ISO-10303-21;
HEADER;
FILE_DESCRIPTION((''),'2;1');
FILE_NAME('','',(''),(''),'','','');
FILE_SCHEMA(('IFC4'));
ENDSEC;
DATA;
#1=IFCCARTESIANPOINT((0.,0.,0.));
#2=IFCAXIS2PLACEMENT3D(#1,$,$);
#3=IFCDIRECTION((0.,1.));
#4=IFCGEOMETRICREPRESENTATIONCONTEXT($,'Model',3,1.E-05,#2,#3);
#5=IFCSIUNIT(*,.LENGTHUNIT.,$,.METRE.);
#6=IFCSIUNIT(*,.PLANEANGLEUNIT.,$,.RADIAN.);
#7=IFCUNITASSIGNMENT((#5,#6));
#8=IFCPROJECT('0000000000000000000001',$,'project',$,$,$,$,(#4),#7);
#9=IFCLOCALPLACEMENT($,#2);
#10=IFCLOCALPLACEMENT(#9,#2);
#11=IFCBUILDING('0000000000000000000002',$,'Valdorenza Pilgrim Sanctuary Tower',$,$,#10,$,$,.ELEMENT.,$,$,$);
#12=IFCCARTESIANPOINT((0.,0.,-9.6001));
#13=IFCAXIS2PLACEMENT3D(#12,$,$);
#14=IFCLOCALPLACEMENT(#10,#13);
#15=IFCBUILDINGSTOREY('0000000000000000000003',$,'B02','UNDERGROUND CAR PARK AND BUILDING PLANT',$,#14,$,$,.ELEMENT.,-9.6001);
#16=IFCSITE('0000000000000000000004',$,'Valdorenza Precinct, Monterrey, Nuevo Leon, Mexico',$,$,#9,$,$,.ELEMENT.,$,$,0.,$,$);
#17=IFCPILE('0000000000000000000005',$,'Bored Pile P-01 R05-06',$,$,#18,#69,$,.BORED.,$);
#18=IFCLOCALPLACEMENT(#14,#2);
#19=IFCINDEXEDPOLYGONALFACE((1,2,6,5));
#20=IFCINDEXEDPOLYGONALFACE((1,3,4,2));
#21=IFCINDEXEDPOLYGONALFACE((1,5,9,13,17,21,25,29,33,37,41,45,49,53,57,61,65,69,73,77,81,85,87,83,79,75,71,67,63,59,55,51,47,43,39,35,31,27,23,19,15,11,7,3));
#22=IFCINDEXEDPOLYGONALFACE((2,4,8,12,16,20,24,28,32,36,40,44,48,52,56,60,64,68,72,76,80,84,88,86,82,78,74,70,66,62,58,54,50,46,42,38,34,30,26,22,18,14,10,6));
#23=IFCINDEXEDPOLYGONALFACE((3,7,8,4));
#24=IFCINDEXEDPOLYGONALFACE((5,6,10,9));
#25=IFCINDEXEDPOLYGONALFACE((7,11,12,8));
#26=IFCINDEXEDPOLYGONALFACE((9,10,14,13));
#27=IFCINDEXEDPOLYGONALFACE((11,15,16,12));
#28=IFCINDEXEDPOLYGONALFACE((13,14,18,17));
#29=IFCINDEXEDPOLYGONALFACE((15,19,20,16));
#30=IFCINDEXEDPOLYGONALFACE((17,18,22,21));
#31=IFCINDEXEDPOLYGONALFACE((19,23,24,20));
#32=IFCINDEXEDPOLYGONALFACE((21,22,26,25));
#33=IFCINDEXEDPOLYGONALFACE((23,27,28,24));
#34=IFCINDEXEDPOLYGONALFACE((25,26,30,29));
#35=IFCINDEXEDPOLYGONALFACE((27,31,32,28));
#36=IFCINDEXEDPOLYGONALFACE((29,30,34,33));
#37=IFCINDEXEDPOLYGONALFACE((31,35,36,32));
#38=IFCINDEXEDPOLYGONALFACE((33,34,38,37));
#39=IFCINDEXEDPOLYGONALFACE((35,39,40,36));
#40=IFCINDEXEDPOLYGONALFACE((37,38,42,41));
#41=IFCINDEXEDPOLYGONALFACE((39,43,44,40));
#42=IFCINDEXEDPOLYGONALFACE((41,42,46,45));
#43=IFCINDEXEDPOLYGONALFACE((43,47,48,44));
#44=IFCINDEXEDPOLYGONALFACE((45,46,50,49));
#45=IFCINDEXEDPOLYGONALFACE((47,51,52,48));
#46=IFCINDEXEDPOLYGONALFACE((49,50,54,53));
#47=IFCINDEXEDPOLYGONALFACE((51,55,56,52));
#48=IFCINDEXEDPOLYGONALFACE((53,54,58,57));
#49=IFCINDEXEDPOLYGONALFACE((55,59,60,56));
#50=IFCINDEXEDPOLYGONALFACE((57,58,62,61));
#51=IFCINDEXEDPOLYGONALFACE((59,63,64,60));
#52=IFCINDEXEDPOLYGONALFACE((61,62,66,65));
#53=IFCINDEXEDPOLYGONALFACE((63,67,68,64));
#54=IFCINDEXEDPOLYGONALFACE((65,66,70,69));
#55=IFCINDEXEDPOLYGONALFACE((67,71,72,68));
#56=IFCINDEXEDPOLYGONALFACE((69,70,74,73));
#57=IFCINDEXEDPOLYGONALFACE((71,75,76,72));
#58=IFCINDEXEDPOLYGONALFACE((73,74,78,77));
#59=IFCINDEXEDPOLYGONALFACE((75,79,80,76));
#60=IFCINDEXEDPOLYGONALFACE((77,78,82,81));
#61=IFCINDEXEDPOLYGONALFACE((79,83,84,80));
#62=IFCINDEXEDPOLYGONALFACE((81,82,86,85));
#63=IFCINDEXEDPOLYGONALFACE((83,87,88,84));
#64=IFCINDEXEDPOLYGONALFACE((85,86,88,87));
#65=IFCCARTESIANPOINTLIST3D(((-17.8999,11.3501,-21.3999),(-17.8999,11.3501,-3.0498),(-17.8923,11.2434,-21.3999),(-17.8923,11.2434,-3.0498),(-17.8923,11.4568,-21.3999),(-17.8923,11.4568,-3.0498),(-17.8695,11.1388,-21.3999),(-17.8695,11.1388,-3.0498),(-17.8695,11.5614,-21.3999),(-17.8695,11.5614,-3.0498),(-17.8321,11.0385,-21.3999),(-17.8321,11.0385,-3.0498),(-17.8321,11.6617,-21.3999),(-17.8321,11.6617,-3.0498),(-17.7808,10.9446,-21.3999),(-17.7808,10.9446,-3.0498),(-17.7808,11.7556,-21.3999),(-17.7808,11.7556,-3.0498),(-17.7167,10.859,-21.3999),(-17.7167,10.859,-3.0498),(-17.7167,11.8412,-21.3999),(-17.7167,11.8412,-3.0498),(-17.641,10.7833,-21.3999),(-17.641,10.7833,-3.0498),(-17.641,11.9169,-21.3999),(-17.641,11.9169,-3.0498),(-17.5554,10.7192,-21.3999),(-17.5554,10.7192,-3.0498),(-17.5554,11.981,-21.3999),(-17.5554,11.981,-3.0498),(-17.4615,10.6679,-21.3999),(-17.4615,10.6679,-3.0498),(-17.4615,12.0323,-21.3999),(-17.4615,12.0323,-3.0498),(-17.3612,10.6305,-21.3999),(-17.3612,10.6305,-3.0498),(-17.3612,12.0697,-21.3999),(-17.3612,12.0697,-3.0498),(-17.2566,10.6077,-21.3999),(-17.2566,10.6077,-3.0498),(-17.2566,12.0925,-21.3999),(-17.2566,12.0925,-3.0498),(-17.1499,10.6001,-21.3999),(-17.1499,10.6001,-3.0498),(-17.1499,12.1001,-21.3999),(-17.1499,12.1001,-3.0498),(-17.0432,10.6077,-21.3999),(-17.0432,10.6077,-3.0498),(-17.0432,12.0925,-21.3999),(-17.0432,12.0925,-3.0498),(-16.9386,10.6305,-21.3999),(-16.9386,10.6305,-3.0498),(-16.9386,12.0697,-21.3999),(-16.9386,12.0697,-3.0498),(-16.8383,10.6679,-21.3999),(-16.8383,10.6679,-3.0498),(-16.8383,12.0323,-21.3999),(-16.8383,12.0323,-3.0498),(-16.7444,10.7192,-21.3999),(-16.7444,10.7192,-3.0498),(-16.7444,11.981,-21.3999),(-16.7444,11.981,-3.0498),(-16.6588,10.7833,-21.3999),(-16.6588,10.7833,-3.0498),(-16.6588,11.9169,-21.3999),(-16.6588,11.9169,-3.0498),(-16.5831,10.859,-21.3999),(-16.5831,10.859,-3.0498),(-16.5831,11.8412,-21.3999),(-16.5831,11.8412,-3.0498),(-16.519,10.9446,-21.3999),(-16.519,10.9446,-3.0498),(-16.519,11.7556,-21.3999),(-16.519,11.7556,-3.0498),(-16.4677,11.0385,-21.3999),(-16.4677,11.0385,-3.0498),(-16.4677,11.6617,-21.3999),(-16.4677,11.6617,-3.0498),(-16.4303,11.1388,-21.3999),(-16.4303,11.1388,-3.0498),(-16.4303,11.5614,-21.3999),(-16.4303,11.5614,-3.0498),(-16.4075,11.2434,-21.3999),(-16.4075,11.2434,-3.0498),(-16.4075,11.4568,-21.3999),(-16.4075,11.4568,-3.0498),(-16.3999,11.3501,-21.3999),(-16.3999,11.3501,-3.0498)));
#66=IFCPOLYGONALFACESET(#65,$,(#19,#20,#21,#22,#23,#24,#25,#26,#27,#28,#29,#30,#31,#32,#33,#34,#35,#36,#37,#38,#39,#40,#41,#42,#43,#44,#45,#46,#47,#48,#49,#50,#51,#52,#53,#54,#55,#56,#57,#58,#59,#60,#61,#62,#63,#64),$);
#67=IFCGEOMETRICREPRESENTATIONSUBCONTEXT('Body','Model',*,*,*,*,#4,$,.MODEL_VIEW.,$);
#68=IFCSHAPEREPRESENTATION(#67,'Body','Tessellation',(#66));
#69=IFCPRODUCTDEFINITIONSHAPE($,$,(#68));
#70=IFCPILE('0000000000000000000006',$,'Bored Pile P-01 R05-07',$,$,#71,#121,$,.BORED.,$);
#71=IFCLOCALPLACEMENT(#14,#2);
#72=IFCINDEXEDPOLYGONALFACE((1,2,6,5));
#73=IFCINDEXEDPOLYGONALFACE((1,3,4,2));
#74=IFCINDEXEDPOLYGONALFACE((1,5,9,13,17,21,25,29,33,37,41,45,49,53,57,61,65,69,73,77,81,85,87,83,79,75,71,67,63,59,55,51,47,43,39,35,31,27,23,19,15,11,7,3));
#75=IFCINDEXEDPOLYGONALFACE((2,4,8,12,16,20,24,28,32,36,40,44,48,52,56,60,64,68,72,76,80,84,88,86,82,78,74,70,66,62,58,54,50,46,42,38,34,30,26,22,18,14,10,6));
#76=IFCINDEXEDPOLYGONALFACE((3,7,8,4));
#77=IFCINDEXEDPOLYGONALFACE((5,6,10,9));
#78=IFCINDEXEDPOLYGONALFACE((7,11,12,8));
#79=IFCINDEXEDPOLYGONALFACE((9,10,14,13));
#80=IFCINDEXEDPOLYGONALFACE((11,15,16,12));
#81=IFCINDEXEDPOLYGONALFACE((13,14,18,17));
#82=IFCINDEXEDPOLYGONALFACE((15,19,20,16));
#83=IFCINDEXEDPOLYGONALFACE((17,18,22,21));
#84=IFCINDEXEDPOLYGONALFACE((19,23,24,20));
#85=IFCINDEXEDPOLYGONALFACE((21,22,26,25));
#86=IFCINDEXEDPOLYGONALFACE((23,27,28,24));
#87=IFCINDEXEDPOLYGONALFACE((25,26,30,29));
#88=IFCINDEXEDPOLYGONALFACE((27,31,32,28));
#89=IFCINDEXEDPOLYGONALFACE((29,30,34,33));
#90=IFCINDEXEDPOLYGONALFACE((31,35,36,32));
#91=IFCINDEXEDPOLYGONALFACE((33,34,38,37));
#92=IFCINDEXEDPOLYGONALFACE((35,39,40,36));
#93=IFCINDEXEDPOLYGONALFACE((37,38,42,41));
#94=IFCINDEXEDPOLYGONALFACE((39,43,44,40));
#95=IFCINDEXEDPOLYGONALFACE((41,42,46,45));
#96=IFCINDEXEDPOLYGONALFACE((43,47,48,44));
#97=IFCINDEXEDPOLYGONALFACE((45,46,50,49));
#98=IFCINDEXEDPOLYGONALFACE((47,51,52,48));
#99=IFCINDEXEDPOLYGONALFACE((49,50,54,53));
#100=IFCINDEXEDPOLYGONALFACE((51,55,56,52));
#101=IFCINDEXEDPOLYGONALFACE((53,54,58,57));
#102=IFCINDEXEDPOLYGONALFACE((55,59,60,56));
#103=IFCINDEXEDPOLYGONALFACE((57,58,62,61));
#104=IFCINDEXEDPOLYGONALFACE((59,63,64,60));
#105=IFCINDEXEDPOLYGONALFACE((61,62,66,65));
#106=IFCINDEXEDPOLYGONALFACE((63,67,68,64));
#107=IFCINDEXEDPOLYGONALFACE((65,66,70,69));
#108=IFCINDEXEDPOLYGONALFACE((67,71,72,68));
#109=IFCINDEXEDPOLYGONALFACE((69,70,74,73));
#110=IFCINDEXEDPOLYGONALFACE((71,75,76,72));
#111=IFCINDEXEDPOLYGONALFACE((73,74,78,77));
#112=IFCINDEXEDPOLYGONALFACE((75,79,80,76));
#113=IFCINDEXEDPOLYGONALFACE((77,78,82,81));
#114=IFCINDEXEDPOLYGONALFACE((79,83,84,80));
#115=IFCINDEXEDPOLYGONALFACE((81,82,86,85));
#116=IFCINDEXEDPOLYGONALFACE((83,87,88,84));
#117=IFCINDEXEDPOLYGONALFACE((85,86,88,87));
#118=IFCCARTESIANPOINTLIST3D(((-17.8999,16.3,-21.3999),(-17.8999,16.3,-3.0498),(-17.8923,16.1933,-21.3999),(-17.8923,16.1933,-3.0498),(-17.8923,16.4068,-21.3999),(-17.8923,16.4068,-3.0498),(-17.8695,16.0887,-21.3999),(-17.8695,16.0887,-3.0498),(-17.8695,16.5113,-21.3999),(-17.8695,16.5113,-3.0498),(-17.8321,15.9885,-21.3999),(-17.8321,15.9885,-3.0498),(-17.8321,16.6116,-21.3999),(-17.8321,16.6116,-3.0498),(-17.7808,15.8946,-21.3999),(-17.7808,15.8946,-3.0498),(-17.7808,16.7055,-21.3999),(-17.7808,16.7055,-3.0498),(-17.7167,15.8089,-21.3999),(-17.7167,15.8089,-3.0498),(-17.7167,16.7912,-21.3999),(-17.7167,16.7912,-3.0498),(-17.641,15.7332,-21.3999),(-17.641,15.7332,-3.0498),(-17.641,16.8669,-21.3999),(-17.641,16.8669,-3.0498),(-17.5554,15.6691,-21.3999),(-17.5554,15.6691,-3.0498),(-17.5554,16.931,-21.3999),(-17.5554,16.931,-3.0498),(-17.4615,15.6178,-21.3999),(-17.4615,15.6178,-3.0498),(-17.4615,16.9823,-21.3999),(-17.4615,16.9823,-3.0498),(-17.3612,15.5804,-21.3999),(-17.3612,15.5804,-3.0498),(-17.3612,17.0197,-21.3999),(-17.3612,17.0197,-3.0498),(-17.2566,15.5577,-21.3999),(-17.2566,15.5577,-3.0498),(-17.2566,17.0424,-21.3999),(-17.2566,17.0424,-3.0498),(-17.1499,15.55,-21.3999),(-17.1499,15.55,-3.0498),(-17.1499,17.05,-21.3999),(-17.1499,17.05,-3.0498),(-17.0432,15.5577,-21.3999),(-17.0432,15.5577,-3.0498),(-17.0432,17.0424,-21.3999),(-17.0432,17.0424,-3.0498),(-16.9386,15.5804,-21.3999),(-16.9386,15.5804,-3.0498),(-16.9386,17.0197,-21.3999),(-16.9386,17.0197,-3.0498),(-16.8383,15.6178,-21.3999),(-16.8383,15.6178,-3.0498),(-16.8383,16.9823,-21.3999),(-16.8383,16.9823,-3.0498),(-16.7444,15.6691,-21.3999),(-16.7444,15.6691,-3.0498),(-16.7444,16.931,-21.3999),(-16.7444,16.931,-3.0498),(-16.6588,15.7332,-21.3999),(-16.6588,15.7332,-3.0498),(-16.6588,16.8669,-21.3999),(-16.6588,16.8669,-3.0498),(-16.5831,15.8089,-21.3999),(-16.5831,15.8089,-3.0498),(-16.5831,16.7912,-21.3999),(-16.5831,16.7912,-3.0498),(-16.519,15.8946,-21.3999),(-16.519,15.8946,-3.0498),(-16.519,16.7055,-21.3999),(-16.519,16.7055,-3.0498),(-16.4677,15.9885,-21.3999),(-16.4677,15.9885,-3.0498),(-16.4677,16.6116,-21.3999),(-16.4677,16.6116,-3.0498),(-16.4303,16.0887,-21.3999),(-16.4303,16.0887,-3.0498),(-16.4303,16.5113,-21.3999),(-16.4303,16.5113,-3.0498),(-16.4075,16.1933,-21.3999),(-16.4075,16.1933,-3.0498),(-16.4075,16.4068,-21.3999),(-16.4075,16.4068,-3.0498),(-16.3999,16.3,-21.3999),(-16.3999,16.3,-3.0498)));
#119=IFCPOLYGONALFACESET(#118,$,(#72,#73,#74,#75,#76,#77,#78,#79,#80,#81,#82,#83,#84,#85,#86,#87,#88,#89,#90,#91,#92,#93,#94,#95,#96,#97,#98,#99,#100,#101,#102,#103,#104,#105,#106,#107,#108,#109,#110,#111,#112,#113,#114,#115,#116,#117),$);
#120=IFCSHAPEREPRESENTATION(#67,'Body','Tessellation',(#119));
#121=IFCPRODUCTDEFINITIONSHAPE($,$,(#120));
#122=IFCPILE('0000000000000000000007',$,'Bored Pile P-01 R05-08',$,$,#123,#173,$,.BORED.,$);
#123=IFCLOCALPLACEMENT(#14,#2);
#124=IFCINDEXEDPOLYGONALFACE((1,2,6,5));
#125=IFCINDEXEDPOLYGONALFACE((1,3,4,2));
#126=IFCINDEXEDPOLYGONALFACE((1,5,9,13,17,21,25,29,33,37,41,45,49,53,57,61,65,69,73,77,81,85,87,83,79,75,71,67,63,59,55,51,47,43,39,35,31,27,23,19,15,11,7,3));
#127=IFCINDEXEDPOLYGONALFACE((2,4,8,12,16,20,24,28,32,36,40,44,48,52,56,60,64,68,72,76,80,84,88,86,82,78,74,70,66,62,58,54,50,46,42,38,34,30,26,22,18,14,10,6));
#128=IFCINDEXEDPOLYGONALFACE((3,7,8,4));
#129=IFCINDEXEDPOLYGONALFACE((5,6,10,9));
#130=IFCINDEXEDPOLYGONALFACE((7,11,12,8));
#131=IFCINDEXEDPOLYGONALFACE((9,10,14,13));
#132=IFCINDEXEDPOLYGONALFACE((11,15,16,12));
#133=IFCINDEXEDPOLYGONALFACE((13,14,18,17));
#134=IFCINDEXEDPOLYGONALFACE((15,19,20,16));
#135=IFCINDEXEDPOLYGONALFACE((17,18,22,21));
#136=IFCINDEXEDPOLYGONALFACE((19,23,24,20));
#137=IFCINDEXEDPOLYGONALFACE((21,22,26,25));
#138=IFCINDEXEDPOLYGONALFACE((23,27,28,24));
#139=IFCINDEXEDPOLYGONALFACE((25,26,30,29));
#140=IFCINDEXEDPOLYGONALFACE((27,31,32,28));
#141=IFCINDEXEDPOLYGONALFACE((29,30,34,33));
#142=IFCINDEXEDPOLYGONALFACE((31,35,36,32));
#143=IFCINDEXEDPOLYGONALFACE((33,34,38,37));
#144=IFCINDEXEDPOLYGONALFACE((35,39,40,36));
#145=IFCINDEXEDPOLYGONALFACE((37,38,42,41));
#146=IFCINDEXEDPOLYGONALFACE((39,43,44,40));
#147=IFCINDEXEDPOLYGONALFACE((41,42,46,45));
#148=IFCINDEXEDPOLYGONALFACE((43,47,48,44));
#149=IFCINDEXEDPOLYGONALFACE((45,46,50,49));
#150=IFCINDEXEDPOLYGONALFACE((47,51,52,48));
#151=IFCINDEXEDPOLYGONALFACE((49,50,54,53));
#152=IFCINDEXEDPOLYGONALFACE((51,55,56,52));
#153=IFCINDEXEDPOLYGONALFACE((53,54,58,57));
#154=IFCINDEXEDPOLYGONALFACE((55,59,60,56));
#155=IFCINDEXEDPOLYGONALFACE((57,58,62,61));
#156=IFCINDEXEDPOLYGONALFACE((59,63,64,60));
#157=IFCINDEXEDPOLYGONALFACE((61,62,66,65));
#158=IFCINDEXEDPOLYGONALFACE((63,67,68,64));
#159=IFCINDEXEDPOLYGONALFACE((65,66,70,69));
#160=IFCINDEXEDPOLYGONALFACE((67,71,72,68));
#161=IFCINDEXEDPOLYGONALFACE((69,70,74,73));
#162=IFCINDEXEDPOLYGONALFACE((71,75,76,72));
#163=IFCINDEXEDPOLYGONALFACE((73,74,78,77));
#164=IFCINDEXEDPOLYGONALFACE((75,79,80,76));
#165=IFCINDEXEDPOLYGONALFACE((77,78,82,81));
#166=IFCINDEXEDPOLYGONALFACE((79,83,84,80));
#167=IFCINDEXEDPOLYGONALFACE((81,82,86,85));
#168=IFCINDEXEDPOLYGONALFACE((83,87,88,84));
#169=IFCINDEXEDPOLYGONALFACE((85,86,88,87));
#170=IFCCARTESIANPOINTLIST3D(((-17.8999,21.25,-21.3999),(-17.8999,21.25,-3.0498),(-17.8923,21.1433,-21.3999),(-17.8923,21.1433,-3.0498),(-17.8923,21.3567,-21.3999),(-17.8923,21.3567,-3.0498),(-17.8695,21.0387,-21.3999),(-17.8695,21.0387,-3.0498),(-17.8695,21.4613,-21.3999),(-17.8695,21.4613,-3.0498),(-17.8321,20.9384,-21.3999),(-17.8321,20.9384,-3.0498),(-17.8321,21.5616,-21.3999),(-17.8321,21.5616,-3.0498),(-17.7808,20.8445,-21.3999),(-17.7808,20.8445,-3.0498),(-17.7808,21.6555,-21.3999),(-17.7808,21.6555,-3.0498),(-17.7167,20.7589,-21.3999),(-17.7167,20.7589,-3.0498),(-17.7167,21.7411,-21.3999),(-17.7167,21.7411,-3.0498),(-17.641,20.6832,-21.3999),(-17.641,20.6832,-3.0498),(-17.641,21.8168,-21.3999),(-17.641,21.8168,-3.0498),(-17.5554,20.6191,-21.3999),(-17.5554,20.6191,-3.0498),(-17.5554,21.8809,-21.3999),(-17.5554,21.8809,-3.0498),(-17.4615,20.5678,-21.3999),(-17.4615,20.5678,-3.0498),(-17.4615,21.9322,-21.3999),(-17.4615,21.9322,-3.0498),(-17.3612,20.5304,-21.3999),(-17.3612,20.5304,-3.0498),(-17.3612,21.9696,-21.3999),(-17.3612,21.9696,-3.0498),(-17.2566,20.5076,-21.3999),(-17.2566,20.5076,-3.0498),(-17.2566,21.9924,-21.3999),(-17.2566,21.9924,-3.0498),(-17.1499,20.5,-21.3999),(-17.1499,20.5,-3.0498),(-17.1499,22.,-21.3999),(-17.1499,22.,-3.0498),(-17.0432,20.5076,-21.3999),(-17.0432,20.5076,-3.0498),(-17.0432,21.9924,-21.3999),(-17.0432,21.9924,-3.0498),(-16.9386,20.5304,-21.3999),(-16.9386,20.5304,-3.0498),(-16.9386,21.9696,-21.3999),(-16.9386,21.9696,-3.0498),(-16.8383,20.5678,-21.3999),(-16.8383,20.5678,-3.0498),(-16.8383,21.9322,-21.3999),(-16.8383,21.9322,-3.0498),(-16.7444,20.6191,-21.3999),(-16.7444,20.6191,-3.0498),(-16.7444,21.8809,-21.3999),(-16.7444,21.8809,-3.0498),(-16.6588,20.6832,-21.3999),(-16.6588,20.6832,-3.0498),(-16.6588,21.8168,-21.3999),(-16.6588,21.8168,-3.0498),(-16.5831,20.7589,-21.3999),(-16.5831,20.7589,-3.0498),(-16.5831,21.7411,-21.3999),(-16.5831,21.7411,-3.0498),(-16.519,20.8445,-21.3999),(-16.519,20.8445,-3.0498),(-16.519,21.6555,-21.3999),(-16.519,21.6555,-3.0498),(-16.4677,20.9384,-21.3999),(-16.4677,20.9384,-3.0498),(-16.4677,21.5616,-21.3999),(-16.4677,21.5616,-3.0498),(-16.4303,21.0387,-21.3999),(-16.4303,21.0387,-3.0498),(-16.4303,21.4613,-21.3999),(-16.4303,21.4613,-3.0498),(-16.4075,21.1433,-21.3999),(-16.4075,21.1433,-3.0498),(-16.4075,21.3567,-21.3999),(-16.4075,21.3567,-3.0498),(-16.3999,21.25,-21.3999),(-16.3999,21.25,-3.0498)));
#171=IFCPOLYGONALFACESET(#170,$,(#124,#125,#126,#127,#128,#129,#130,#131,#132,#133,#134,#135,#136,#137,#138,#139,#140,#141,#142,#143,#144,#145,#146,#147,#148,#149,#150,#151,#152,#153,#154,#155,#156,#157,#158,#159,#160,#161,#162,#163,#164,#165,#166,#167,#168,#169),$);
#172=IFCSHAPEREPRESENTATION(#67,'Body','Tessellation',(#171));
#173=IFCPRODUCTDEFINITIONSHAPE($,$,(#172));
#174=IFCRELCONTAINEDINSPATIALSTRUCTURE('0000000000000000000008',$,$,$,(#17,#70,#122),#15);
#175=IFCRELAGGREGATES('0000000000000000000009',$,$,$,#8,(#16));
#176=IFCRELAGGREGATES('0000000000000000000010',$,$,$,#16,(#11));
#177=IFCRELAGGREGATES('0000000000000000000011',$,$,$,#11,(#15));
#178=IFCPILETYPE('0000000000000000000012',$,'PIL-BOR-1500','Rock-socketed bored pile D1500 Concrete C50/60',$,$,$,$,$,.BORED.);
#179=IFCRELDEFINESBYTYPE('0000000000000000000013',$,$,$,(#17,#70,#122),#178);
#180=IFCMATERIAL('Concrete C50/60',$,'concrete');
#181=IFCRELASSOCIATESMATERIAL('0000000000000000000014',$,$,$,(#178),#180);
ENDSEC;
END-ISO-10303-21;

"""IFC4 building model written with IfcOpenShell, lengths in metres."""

from ifc_helpers import new_model, si_unit, direction, frame, origin, origin_2d, place, context, subcontext, project, spatial, circle, extrude, source, transform, mapped, material, material_profile, profile_set, type_object, element, save


model = new_model("IFC4")

# Units and contexts
model_context = context("Model", 3, precision=1e-05, world=origin(), true_north=direction((0.0, 1.0)))
body_context = subcontext(model_context, "Body", "Model", "MODEL_VIEW")
ifc_project = project(units=[si_unit("LENGTHUNIT", "METRE"), si_unit("PLANEANGLEUNIT", "RADIAN")], contexts=[model_context])

# Site, building, storey
site_placement = place(None, origin())
site = spatial("IfcSite", under=ifc_project, at=site_placement, Name="Valdorenza Precinct, Monterrey, Nuevo Leon, Mexico", CompositionType="ELEMENT", RefElevation=0.0)
building_placement = place(site_placement, origin())
building = spatial("IfcBuilding", under=site, at=building_placement, Name="Valdorenza Pilgrim Sanctuary Tower", CompositionType="ELEMENT")
storey_placement = place(building_placement, frame((0.0, 0.0, -9.6001)))
storey = spatial("IfcBuildingStorey", under=building, at=storey_placement, Name="B02", Description="UNDERGROUND CAR PARK AND BUILDING PLANT", CompositionType="ELEMENT", Elevation=-9.6001)

# Piles
ifc_material_1 = material(Name="Concrete C50/60", Category="concrete")
ifc_material_profile_1 = material_profile(ifc_material_1, circle(Radius=0.75, at=origin_2d()), Name="BORED PILE 1500")
ifc_profile_set_1 = profile_set([ifc_material_profile_1], Name="Concrete C50/60")
pile_type = type_object("IfcPileType", Name="PIL-BOR-1500", Description="Rock-socketed bored pile D1500 Concrete C50/60", PredefinedType="BORED", material=ifc_profile_set_1)
shared_shape_1 = source(origin(), body_context, "Body", "SweptSolid", [
    extrude(circle(Radius=0.75, at=origin_2d()), origin(), (0.0, 0.0, 1.0), 18.3501),
])
for number, where, z_axis, x_axis, name in (
    (1, (-17.1499, 11.3501, -3.0498), (0.0, 0.0, -1.0), (1.0, 0.0, 0.0), "Bored Pile P-01 R05-06"),
    (2, (-17.1499, 16.3, -3.0498), (0.0, 0.0, -1.0), (1.0, 0.0, 0.0), "Bored Pile P-01 R05-07"),
    (3, (-17.1499, 21.25, -3.0498), (0.0, 0.0, -1.0), (1.0, 0.0, 0.0), "Bored Pile P-01 R05-08"),
):
    element("IfcPile", number, at=place(storey_placement, frame(where, z_axis=z_axis, x_axis=x_axis)), inside=storey, type_object=pile_type, Name=name, PredefinedType="BORED", context=body_context, shape_type="MappedRepresentation", body=[
        mapped(shared_shape_1, transform((0.0, 0.0, 0.0), x_axis=(1.0, 0.0, 0.0), y_axis=(0.0, 1.0, 0.0), z_axis=(0.0, 0.0, 1.0), scale=1.0)),
    ])

save(model, "model.ifc")
